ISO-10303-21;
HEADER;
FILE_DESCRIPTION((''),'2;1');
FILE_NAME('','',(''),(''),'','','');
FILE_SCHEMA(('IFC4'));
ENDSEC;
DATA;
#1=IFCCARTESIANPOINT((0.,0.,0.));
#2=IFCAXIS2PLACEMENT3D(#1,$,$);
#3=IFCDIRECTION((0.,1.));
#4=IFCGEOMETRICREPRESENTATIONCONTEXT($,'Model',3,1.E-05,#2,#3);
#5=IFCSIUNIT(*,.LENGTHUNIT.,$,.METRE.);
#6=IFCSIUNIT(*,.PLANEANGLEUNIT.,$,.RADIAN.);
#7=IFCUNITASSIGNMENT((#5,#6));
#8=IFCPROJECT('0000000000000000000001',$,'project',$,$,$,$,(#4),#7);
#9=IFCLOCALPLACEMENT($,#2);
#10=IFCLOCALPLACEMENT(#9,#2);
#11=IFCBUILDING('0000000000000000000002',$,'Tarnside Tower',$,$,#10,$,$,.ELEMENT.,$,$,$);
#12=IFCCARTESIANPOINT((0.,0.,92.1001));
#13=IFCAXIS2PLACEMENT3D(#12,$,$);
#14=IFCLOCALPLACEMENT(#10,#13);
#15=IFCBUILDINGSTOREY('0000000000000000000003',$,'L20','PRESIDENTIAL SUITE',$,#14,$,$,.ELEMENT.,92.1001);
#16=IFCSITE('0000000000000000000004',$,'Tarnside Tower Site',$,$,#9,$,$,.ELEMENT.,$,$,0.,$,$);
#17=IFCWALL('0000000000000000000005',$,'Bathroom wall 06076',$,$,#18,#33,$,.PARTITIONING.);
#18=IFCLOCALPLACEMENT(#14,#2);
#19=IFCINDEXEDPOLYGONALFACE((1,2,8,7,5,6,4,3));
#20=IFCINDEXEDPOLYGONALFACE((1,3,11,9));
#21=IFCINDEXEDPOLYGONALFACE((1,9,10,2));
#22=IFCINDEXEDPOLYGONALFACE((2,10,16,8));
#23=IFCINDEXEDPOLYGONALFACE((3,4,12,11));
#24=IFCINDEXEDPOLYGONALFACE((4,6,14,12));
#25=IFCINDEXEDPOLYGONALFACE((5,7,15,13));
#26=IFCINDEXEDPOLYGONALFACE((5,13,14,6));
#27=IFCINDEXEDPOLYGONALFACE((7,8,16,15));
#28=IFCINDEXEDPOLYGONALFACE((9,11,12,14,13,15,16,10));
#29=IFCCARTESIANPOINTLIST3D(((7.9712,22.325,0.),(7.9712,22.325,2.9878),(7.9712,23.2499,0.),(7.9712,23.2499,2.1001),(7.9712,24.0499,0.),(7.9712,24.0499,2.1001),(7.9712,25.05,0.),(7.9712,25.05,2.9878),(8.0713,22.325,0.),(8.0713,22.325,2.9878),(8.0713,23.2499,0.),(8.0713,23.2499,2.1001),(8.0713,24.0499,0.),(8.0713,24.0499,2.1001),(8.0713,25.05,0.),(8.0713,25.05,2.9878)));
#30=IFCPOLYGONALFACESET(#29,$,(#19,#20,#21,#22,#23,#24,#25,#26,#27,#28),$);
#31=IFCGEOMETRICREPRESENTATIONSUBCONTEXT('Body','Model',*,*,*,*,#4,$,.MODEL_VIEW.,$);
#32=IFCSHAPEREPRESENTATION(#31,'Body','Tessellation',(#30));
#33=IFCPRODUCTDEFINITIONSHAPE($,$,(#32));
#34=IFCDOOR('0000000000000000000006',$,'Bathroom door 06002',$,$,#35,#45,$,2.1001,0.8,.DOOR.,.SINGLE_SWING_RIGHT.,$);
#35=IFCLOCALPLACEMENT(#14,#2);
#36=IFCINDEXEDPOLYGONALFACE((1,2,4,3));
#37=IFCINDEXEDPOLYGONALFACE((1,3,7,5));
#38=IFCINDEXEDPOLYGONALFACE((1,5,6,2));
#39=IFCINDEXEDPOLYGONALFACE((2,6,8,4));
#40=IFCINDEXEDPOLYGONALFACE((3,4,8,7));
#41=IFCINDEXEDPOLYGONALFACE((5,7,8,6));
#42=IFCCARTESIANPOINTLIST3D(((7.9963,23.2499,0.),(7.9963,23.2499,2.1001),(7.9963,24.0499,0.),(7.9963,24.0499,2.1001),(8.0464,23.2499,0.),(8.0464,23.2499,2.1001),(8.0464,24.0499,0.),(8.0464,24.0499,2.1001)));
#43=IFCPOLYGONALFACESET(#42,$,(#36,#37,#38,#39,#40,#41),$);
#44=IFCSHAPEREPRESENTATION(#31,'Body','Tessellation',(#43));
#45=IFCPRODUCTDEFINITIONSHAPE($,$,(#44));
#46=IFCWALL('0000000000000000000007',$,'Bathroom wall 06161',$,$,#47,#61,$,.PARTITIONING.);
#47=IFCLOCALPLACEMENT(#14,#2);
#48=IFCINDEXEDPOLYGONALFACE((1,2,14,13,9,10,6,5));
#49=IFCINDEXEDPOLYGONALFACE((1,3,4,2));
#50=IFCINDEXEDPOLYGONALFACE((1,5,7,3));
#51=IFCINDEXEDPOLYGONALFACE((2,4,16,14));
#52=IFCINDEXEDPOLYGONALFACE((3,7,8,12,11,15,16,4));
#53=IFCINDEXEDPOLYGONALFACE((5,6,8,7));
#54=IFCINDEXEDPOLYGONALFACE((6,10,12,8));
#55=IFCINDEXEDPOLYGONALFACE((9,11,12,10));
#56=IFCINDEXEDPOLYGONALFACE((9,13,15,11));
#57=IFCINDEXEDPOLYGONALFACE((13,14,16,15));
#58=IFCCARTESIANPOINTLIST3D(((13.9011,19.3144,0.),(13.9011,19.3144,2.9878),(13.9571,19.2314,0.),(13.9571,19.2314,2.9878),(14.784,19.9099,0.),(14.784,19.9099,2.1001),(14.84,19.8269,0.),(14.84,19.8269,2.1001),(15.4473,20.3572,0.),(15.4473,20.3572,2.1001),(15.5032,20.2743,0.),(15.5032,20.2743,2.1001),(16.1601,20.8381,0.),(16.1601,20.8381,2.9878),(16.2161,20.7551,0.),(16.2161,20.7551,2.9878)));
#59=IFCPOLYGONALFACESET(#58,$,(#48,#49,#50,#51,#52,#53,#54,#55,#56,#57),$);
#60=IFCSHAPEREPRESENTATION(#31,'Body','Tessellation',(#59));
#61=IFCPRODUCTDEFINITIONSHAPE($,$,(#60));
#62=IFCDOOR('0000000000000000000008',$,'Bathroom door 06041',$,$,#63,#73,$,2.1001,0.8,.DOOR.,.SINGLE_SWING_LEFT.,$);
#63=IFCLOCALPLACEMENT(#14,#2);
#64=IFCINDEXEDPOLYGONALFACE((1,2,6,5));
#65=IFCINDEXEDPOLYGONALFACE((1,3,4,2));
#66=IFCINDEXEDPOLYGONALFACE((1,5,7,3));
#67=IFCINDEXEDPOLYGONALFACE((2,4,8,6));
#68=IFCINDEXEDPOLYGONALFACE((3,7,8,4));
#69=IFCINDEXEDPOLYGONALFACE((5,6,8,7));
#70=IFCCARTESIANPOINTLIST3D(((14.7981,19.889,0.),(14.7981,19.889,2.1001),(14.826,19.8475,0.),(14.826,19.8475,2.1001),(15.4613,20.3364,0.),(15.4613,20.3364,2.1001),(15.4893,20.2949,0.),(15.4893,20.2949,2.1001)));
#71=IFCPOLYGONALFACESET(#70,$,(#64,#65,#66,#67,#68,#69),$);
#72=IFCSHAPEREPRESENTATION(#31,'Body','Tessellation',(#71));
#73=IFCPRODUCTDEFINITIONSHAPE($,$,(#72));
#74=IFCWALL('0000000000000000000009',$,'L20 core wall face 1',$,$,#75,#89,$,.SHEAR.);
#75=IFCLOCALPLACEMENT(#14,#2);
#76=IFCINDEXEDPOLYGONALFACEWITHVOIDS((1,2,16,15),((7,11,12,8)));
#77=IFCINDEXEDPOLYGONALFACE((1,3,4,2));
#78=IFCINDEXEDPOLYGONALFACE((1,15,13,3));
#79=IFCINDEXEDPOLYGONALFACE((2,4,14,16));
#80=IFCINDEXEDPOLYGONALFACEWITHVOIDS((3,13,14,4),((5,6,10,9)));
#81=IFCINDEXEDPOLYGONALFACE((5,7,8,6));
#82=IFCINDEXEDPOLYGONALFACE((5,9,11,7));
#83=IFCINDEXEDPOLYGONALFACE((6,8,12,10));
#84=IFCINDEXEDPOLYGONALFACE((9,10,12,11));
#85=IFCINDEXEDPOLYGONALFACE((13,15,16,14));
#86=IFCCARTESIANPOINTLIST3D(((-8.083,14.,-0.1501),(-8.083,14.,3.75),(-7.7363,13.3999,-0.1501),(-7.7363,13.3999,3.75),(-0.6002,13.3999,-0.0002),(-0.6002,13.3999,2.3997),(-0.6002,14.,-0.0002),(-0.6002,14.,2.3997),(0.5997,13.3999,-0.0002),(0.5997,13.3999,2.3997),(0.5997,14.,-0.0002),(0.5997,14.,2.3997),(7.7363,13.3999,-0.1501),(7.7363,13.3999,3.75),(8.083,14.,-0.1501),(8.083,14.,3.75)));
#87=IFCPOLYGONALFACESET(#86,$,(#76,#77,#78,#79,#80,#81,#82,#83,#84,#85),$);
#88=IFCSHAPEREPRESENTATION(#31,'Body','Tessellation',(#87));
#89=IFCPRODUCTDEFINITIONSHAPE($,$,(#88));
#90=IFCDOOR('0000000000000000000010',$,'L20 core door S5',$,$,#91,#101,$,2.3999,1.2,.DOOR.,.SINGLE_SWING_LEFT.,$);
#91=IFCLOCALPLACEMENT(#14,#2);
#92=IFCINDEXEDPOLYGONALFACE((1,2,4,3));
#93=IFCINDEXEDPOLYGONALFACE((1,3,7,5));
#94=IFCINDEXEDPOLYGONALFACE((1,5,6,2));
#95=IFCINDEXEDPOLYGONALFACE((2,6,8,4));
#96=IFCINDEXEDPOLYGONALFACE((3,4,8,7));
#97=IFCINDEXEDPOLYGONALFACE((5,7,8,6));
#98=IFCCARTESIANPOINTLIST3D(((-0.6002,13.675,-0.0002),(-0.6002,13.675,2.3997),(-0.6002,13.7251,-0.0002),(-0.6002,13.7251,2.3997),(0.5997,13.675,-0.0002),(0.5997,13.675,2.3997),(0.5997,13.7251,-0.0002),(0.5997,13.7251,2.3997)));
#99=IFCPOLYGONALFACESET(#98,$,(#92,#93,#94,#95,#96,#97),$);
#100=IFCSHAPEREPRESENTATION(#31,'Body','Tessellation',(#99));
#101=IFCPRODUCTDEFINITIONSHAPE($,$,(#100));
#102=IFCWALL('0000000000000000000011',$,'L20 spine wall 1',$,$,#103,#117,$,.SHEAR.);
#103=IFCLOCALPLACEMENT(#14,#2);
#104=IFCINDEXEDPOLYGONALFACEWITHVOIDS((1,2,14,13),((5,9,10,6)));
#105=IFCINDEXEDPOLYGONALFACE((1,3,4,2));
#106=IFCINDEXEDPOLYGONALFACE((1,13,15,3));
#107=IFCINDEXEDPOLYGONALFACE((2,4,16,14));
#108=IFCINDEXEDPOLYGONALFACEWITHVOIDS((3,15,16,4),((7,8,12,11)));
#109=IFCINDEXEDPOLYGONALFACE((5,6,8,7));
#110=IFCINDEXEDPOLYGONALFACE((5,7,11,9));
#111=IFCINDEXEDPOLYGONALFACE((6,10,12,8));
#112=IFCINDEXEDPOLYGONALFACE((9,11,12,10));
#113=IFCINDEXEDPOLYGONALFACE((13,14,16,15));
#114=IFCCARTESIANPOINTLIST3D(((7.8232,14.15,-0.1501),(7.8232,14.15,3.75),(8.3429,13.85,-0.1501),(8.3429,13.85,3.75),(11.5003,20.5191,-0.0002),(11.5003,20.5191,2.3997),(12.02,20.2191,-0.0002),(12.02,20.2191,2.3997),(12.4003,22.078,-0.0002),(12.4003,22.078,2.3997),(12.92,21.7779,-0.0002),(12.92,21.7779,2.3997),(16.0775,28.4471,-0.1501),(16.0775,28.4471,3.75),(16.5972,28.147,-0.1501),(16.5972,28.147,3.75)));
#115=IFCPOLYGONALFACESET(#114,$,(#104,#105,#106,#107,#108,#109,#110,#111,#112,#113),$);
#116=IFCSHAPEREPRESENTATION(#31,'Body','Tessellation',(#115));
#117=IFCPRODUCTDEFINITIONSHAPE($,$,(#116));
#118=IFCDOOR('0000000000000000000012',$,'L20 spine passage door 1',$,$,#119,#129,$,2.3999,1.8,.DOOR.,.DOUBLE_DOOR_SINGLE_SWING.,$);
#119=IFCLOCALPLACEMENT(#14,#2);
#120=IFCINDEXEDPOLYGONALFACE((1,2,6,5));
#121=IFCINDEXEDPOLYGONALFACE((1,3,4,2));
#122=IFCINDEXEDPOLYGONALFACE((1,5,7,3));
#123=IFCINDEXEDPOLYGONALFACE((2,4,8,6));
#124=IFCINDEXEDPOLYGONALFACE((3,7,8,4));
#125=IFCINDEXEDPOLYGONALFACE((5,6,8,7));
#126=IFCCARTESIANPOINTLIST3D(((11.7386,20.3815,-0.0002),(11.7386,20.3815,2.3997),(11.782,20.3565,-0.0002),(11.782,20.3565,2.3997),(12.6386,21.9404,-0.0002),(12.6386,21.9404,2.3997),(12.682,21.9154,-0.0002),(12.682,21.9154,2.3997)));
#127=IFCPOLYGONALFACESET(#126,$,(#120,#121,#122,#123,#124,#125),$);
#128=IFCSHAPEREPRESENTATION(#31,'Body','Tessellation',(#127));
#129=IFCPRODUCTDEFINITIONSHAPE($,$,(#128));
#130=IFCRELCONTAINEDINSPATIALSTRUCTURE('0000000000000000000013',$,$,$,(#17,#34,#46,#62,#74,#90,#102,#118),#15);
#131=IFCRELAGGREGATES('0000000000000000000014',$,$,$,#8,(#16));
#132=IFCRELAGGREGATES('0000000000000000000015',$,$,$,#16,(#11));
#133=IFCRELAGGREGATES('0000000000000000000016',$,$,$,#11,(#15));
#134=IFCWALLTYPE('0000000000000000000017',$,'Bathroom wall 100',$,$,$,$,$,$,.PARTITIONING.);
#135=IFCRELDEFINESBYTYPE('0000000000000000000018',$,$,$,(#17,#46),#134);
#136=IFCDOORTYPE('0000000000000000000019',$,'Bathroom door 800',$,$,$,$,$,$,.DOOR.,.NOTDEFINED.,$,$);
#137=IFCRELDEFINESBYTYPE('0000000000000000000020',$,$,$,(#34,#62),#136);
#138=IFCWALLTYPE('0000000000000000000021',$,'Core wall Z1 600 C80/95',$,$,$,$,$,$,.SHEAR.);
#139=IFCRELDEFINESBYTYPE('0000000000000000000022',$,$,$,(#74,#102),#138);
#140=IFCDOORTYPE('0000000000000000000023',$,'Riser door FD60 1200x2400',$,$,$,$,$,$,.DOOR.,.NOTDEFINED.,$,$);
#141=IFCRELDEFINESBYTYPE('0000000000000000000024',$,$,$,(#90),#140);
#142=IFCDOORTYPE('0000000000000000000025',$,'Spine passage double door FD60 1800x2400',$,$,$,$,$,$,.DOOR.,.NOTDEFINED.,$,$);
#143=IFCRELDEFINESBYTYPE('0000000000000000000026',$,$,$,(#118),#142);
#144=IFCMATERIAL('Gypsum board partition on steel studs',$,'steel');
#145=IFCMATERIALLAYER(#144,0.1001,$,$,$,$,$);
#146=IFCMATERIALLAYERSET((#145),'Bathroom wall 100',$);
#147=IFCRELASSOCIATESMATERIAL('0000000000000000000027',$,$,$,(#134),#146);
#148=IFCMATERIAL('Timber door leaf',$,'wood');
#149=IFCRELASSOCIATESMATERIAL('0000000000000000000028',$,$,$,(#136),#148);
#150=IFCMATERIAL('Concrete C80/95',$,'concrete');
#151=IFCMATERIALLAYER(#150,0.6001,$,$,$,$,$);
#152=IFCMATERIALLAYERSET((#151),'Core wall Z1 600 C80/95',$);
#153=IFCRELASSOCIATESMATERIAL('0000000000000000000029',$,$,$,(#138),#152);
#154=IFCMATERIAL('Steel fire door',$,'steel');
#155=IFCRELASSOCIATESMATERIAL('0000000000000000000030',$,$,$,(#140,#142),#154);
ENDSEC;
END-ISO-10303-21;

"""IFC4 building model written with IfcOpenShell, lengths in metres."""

from ifc_helpers import new_model, si_unit, direction, frame, frame_2d, origin, place, context, subcontext, project, spatial, polyline, rectangle, outline, extrude, material, layer, layer_set, type_object, element, fill, save


model = new_model("IFC4")

# Units and contexts
model_context = context("Model", 3, precision=1e-05, world=origin(), true_north=direction((0.0, 1.0)))
body_context = subcontext(model_context, "Body", "Model", "MODEL_VIEW")
ifc_project = project(units=[si_unit("LENGTHUNIT", "METRE"), si_unit("PLANEANGLEUNIT", "RADIAN")], contexts=[model_context])

# Site, building, storey
site_placement = place(None, origin())
site = spatial("IfcSite", under=ifc_project, at=site_placement, Name="Tarnside Tower Site", CompositionType="ELEMENT", RefElevation=0.0)
building_placement = place(site_placement, origin())
building = spatial("IfcBuilding", under=site, at=building_placement, Name="Tarnside Tower", CompositionType="ELEMENT")
storey_placement = place(building_placement, frame((0.0, 0.0, 92.1001)))
storey = spatial("IfcBuildingStorey", under=building, at=storey_placement, Name="L20", Description="PRESIDENTIAL SUITE", CompositionType="ELEMENT", Elevation=92.1001)

# Walls, openings, doors
ifc_material_1 = material(Name="Gypsum board partition on steel studs", Category="steel")
ifc_layer_1 = layer(ifc_material_1, 0.1001)
ifc_layer_set_1 = layer_set([ifc_layer_1], Name="Bathroom wall 100")
wall_type_1 = type_object("IfcWallType", Name="Bathroom wall 100", PredefinedType="PARTITIONING", material=ifc_layer_set_1)
wall_1_placement = place(storey_placement, frame((8.0212, 22.325, 0.0), z_axis=(0.0, 0.0, 1.0), x_axis=(0.0, 1.0, 0.0)))
wall_1 = element("IfcWall", 1, at=wall_1_placement, inside=storey, type_object=wall_type_1, Name="Bathroom wall 06076", PredefinedType="PARTITIONING", context=body_context, shape_type="SweptSolid", body=[
    extrude(rectangle(XDim=2.7251, YDim=0.1001, at=frame_2d((1.3625, 0.0))), origin(), (0.0, 0.0, 1.0), 2.9878),
])
opening_1_placement = place(wall_1_placement, frame((0.925, 0.0, 0.0)))
opening_1 = element("IfcOpeningElement", 2, at=opening_1_placement, cuts=wall_1, PredefinedType="OPENING", context=body_context, shape_type="SweptSolid", body=[
    extrude(rectangle(XDim=0.8, YDim=2.1001, at=frame_2d((0.3999, 1.05))), frame((0.0, 0.0601, 0.0), z_axis=(0.0, -1.0, 0.0), x_axis=(1.0, 0.0, 0.0)), (0.0, 0.0, 1.0), 0.1201),
])
ifc_material_2 = material(Name="Timber door leaf", Category="wood")
door_type_1 = type_object("IfcDoorType", Name="Bathroom door 800", OperationType="NOTDEFINED", PredefinedType="DOOR", material=ifc_material_2)
door_1_placement = place(opening_1_placement, origin())
door_1 = element("IfcDoor", 3, at=door_1_placement, inside=storey, type_object=door_type_1, Name="Bathroom door 06002", OperationType="SINGLE_SWING_RIGHT", OverallHeight=2.1001, OverallWidth=0.8, PredefinedType="DOOR", context=body_context, shape_type="SweptSolid", body=[
    extrude(rectangle(XDim=0.8, YDim=2.1001, at=frame_2d((0.3999, 1.05))), frame((0.0, 0.0249, 0.0), z_axis=(0.0, -1.0, 0.0), x_axis=(1.0, 0.0, 0.0)), (0.0, 0.0, 1.0), 0.05),
])
fill(opening_1, door_1)
wall_2_placement = place(storey_placement, frame((13.9292, 19.2729, 0.0), z_axis=(0.0, 0.0, 1.0), x_axis=(0.829047, 0.559179, 0.0)))
wall_2 = element("IfcWall", 4, at=wall_2_placement, inside=storey, type_object=wall_type_1, Name="Bathroom wall 06161", PredefinedType="PARTITIONING", context=body_context, shape_type="SweptSolid", body=[
    extrude(rectangle(XDim=2.7249, YDim=0.1001, at=frame_2d((1.3623, 0.0))), origin(), (0.0, 0.0, 1.0), 2.9878),
])
opening_2_placement = place(wall_2_placement, frame((1.0649, 0.0, 0.0)))
opening_2 = element("IfcOpeningElement", 5, at=opening_2_placement, cuts=wall_2, PredefinedType="OPENING", context=body_context, shape_type="SweptSolid", body=[
    extrude(rectangle(XDim=0.8, YDim=2.1001, at=frame_2d((0.3999, 1.05))), frame((0.0, 0.0601, 0.0), z_axis=(0.0, -1.0, 0.0), x_axis=(1.0, 0.0, 0.0)), (0.0, 0.0, 1.0), 0.1201),
])
door_2_placement = place(opening_2_placement, origin())
door_2 = element("IfcDoor", 6, at=door_2_placement, inside=storey, type_object=door_type_1, Name="Bathroom door 06041", OperationType="SINGLE_SWING_LEFT", OverallHeight=2.1001, OverallWidth=0.8, PredefinedType="DOOR", context=body_context, shape_type="SweptSolid", body=[
    extrude(rectangle(XDim=0.8, YDim=2.1001, at=frame_2d((0.3999, 1.05))), frame((0.0, 0.0249, 0.0), z_axis=(0.0, -1.0, 0.0), x_axis=(1.0, 0.0, 0.0)), (0.0, 0.0, 1.0), 0.05),
])
fill(opening_2, door_2)
ifc_material_3 = material(Name="Concrete C80/95", Category="concrete")
ifc_layer_2 = layer(ifc_material_3, 0.6001)
ifc_layer_set_2 = layer_set([ifc_layer_2], Name="Core wall Z1 600 C80/95")
wall_type_2 = type_object("IfcWallType", Name="Core wall Z1 600 C80/95", PredefinedType="SHEAR", material=ifc_layer_set_2)
wall_3_placement = place(storey_placement, frame((7.9097, 13.7, -0.1501), z_axis=(0.0, 0.0, 1.0), x_axis=(-1.0, 0.0, 0.0)))
wall_3 = element("IfcWall", 7, at=wall_3_placement, inside=storey, type_object=wall_type_2, Name="L20 core wall face 1", PredefinedType="SHEAR", context=body_context, shape_type="SweptSolid", body=[
    extrude(outline(polyline([(-0.1733, -0.3), (15.9927, -0.3), (15.646, 0.3), (0.1733, 0.3), (-0.1733, -0.3)])), origin(), (0.0, 0.0, 1.0), 3.9001),
])
opening_3_placement = place(wall_3_placement, frame((7.3098, 0.0, 0.1499)))
opening_3 = element("IfcOpeningElement", 8, at=opening_3_placement, cuts=wall_3, PredefinedType="OPENING", context=body_context, shape_type="SweptSolid", body=[
    extrude(rectangle(XDim=1.2, YDim=2.3999, at=frame_2d((0.6001, 1.2))), frame((0.0, 0.3101, 0.0), z_axis=(0.0, -1.0, 0.0), x_axis=(1.0, 0.0, 0.0)), (0.0, 0.0, 1.0), 0.6201),
])
ifc_material_4 = material(Name="Steel fire door", Category="steel")
door_type_2 = type_object("IfcDoorType", Name="Riser door FD60 1200x2400", OperationType="NOTDEFINED", PredefinedType="DOOR", material=ifc_material_4)
door_3_placement = place(opening_3_placement, origin())
door_3 = element("IfcDoor", 9, at=door_3_placement, inside=storey, type_object=door_type_2, Name="L20 core door S5", OperationType="SINGLE_SWING_LEFT", OverallHeight=2.3999, OverallWidth=1.2, PredefinedType="DOOR", context=body_context, shape_type="SweptSolid", body=[
    extrude(rectangle(XDim=1.2, YDim=2.3999, at=frame_2d((0.6001, 1.2))), frame((0.0, 0.0249, 0.0), z_axis=(0.0, -1.0, 0.0), x_axis=(1.0, 0.0, 0.0)), (0.0, 0.0, 1.0), 0.05),
])
fill(opening_3, door_3)
wall_4_placement = place(storey_placement, frame((8.083, 14.0, -0.1501), z_axis=(0.0, 0.0, 1.0), x_axis=(0.499998, 0.866027, 0.0)))
wall_4 = element("IfcWall", 10, at=wall_4_placement, inside=storey, type_object=wall_type_2, Name="L20 spine wall 1", PredefinedType="SHEAR", context=body_context, shape_type="SweptSolid", body=[
    extrude(rectangle(XDim=16.5088, YDim=0.6001, at=frame_2d((8.2544, 0.0))), origin(), (0.0, 0.0, 1.0), 3.9001),
])
opening_4_placement = place(wall_4_placement, frame((7.3545, 0.0, 0.1499)))
opening_4 = element("IfcOpeningElement", 11, at=opening_4_placement, cuts=wall_4, PredefinedType="OPENING", context=body_context, shape_type="SweptSolid", body=[
    extrude(rectangle(XDim=1.8, YDim=2.3999, at=frame_2d((0.8999, 1.2))), frame((0.0, 0.3101, 0.0), z_axis=(0.0, -1.0, 0.0), x_axis=(1.0, 0.0, 0.0)), (0.0, 0.0, 1.0), 0.6201),
])
door_type_3 = type_object("IfcDoorType", Name="Spine passage double door FD60 1800x2400", OperationType="NOTDEFINED", PredefinedType="DOOR", material=ifc_material_4)
door_4_placement = place(opening_4_placement, origin())
door_4 = element("IfcDoor", 12, at=door_4_placement, inside=storey, type_object=door_type_3, Name="L20 spine passage door 1", OperationType="DOUBLE_DOOR_SINGLE_SWING", OverallHeight=2.3999, OverallWidth=1.8, PredefinedType="DOOR", context=body_context, shape_type="SweptSolid", body=[
    extrude(rectangle(XDim=1.8, YDim=2.3999, at=frame_2d((0.8999, 1.2))), frame((0.0, 0.0249, 0.0), z_axis=(0.0, -1.0, 0.0), x_axis=(1.0, 0.0, 0.0)), (0.0, 0.0, 1.0), 0.05),
])
fill(opening_4, door_4)

save(model, "model.ifc")
